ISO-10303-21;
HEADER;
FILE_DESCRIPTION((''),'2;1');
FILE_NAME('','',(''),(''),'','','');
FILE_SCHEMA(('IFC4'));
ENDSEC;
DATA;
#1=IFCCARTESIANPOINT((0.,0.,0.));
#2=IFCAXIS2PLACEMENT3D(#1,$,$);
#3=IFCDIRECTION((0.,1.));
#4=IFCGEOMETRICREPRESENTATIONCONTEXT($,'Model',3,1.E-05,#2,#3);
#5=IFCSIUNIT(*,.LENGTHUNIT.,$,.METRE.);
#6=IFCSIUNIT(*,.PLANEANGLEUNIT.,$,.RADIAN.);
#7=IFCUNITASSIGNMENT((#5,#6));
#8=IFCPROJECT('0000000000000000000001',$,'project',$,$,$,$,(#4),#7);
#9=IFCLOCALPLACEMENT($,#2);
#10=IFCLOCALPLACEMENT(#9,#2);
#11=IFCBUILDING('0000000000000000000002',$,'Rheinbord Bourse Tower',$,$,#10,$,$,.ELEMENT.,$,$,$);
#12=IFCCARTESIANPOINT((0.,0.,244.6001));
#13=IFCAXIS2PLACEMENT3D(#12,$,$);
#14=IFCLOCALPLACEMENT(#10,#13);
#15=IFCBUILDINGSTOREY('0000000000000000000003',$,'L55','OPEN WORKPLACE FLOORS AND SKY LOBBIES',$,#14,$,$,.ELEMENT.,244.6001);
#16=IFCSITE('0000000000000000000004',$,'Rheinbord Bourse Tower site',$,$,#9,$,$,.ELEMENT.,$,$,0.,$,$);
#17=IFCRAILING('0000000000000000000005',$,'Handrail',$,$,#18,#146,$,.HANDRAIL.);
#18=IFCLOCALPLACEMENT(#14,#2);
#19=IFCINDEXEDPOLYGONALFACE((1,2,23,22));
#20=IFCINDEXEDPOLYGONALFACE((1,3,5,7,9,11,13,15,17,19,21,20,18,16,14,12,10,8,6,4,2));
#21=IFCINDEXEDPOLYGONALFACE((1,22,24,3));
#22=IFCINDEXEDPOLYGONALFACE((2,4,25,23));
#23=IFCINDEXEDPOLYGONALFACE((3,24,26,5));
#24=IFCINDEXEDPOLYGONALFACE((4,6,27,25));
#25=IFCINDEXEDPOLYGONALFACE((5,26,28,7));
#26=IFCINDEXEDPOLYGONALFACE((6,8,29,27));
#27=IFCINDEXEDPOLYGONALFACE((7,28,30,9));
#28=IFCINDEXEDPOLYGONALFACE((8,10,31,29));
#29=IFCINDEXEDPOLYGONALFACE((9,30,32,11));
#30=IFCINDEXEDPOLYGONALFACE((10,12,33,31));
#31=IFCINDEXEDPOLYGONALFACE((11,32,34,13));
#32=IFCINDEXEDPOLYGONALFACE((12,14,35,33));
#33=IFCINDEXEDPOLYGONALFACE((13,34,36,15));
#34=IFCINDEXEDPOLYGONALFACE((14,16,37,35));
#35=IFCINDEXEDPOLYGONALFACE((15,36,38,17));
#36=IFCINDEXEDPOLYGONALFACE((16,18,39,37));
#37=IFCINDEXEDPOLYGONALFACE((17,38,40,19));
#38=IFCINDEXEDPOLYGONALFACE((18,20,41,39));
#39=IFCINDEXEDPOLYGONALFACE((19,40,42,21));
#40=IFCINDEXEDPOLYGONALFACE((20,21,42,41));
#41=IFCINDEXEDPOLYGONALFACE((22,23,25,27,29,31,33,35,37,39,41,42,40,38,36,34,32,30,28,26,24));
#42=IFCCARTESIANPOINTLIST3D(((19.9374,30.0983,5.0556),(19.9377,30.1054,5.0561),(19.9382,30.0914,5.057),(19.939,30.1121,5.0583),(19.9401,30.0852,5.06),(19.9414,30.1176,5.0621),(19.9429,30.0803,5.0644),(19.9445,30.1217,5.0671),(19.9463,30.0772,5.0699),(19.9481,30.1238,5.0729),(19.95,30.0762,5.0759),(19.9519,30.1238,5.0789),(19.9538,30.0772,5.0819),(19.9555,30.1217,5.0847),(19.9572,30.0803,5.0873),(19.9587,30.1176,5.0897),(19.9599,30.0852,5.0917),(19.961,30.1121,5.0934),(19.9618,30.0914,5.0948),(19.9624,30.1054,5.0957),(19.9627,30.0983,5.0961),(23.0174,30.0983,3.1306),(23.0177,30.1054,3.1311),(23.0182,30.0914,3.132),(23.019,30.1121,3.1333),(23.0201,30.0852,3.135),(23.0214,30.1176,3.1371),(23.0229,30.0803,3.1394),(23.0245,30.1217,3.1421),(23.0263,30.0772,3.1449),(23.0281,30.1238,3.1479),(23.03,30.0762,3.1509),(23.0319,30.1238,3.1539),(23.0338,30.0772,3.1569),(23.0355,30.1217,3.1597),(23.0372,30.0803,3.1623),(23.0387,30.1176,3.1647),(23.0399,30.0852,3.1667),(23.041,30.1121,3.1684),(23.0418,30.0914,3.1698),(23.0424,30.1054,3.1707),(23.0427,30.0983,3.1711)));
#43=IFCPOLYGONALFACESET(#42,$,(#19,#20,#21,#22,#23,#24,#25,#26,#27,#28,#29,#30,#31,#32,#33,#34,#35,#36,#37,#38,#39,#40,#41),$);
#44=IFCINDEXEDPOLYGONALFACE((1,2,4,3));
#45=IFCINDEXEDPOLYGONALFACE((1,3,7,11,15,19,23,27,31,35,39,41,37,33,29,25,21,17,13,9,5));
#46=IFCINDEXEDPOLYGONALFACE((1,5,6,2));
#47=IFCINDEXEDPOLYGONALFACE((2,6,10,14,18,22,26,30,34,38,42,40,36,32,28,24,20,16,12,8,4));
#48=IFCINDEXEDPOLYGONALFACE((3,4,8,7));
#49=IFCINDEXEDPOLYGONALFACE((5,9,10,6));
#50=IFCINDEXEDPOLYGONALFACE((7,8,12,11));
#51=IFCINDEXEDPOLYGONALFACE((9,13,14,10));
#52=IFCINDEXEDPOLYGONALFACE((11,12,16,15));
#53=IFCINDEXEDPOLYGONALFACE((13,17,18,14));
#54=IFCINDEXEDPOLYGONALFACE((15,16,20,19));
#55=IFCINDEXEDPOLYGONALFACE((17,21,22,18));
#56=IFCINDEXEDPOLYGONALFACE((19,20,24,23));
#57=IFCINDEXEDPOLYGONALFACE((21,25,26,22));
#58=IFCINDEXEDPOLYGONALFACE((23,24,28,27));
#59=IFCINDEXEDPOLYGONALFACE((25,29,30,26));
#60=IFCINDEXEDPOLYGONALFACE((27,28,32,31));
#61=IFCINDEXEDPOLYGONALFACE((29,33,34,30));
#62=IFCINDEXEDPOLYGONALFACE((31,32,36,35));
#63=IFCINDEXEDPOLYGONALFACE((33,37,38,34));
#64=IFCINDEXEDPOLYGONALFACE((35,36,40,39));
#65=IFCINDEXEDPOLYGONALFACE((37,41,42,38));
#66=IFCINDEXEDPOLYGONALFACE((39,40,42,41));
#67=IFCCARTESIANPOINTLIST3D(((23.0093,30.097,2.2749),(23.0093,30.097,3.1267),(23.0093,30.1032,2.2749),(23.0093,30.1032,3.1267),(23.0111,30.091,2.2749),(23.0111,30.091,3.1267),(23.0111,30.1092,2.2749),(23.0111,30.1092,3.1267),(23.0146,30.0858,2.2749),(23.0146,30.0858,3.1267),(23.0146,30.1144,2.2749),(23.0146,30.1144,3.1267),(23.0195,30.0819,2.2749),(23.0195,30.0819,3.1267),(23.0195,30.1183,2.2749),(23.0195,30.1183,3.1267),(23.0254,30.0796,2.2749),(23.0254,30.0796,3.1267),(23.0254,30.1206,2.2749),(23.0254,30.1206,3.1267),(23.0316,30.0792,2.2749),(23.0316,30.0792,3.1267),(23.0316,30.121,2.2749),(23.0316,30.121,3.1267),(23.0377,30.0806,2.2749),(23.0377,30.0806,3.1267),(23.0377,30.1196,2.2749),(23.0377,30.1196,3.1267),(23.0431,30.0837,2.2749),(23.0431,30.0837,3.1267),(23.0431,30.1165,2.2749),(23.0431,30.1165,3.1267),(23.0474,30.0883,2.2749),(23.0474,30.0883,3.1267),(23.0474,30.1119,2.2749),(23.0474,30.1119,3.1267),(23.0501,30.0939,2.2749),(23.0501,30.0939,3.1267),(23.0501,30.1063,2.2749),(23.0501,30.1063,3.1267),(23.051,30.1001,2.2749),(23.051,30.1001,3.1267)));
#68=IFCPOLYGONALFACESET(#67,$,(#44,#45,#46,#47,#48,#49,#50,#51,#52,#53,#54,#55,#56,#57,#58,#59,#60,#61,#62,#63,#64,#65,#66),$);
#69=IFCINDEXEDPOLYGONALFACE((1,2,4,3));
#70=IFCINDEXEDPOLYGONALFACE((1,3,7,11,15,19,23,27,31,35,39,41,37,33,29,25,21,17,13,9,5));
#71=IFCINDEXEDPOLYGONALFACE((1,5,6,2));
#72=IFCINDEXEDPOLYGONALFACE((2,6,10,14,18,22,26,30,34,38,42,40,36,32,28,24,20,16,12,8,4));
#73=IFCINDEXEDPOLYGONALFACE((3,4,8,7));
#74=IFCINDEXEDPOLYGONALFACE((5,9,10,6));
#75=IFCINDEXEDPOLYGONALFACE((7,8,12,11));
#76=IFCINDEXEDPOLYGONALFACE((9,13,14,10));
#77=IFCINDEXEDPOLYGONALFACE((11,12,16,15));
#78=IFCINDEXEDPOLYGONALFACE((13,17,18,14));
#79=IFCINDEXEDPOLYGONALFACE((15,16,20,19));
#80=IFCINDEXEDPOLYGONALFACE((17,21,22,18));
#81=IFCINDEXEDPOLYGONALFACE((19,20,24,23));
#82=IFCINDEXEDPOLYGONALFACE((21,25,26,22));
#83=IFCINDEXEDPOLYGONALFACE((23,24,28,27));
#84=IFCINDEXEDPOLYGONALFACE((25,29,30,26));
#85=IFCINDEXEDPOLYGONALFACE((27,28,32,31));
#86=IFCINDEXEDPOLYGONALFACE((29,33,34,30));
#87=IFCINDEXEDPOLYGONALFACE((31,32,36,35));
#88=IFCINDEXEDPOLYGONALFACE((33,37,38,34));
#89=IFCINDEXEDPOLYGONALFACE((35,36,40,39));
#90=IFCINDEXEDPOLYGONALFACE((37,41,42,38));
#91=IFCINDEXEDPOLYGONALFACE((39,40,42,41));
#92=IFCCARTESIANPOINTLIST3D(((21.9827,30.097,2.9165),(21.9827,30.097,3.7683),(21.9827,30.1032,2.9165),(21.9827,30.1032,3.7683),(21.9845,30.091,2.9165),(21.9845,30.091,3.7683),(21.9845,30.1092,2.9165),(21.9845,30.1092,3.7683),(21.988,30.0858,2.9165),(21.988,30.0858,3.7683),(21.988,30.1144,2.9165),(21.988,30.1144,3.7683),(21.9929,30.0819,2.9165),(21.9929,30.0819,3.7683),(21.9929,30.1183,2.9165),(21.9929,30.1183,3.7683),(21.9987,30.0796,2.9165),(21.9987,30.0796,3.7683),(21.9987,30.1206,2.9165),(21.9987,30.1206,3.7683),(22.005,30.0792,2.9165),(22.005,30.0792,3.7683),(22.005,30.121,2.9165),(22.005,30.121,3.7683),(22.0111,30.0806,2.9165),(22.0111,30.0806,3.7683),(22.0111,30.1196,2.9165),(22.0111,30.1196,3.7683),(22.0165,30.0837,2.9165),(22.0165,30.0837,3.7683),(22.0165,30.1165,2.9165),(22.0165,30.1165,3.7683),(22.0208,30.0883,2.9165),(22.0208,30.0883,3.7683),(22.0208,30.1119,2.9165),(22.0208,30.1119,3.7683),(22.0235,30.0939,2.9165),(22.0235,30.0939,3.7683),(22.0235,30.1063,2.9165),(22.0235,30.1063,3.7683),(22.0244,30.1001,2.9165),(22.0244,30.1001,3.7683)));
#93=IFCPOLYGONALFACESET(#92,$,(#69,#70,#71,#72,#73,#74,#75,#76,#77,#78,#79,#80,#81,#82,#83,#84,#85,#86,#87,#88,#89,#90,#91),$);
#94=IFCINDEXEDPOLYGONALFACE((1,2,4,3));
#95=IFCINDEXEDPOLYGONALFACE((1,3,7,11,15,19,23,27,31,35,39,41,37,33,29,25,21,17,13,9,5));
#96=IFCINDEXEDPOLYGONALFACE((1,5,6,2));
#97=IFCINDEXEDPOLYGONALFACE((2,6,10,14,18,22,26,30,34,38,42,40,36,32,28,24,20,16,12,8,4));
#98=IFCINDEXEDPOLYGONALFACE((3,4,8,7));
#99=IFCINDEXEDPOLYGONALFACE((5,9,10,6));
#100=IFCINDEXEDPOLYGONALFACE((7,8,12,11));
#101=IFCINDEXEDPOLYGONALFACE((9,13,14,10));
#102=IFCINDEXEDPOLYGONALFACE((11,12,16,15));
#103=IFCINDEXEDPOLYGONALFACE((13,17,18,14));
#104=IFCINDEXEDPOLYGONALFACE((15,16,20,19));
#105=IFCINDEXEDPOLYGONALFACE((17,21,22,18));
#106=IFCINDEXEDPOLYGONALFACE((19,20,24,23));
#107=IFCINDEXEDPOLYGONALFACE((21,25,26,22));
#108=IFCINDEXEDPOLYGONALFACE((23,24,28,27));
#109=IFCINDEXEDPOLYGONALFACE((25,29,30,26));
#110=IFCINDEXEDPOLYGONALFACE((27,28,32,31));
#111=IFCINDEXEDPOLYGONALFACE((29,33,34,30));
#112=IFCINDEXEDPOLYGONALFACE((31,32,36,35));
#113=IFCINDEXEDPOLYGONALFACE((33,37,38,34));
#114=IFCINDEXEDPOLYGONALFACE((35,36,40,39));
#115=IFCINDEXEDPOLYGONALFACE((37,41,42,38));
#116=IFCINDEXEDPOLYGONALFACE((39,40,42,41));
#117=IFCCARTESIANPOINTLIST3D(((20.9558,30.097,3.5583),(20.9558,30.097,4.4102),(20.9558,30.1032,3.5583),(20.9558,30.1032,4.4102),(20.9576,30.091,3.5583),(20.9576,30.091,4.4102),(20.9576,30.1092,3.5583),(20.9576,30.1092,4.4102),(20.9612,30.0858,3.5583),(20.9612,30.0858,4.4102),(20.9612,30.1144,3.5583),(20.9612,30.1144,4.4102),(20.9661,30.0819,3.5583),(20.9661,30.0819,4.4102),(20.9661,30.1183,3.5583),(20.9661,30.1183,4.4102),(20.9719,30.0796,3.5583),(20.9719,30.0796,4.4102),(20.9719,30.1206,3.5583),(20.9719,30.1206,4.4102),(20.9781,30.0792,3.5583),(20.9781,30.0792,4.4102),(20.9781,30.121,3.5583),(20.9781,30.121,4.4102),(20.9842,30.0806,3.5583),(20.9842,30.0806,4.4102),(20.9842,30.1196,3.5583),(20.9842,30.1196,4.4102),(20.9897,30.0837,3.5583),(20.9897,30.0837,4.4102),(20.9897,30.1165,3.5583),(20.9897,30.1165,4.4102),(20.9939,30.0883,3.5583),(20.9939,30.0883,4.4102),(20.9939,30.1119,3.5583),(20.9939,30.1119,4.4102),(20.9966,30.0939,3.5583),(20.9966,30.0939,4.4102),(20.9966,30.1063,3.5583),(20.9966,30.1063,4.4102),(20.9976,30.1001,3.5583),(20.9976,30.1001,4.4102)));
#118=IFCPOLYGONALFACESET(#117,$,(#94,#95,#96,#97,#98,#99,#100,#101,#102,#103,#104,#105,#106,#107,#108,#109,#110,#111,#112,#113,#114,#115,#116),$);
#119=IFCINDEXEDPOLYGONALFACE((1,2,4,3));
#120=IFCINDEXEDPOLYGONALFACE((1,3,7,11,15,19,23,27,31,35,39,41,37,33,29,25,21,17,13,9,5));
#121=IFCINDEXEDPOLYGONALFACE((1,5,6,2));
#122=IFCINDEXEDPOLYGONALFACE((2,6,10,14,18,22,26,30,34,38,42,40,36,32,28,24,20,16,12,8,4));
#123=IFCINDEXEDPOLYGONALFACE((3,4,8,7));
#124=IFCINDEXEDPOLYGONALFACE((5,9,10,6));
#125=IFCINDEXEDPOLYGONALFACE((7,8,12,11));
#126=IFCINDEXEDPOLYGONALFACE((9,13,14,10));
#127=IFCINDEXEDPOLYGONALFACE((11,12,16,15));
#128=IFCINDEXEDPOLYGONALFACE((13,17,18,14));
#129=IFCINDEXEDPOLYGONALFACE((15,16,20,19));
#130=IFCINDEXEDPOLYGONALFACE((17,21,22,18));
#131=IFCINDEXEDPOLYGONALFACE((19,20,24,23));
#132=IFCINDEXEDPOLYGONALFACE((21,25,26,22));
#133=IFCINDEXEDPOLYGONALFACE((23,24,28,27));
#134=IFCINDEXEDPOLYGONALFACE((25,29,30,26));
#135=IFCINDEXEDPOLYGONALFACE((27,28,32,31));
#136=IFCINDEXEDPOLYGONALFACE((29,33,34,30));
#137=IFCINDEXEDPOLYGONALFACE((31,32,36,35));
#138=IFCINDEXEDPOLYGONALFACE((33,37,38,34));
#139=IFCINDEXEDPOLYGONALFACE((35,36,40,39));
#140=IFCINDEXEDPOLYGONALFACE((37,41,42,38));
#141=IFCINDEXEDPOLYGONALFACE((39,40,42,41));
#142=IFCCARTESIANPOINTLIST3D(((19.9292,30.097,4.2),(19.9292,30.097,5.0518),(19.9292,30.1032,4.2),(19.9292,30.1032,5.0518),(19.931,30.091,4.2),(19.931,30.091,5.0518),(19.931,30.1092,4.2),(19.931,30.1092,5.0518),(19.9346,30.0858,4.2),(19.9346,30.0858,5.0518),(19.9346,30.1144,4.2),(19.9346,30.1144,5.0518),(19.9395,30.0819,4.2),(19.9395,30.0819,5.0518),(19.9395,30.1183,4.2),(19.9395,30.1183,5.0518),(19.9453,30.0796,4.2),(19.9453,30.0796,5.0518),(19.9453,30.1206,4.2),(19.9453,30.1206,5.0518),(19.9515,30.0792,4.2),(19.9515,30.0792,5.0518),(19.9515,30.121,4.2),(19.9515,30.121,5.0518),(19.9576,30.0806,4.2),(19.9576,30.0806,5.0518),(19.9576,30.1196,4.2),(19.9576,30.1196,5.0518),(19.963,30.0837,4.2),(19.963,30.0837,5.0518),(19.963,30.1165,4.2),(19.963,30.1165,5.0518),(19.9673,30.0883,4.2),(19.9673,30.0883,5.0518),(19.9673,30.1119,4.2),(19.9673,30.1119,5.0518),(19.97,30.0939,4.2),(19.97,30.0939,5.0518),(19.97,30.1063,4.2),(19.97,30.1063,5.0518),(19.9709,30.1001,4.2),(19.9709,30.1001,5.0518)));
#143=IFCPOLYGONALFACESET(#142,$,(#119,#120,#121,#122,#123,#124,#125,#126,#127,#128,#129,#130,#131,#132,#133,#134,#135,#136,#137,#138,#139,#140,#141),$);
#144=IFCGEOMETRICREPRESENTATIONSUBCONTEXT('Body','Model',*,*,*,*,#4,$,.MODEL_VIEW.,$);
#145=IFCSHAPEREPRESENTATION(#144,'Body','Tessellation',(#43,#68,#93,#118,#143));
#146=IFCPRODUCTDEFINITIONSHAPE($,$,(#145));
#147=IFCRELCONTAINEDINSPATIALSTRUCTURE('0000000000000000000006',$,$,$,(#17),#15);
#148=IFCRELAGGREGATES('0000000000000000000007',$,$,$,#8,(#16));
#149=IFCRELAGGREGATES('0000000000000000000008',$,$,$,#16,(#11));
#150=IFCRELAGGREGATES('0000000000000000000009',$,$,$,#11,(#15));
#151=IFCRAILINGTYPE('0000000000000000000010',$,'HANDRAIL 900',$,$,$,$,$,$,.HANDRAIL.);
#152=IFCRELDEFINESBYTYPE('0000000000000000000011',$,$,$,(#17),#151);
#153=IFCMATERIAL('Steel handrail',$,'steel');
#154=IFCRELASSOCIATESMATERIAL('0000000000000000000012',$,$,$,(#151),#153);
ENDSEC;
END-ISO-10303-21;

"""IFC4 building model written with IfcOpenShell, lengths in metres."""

from ifc_helpers import new_model, si_unit, direction, frame, origin, origin_2d, place, context, subcontext, project, spatial, circle, extrude, material, type_object, element, save


model = new_model("IFC4")

# Units and contexts
model_context = context("Model", 3, precision=1e-05, world=origin(), true_north=direction((0.0, 1.0)))
body_context = subcontext(model_context, "Body", "Model", "MODEL_VIEW")
ifc_project = project(units=[si_unit("LENGTHUNIT", "METRE"), si_unit("PLANEANGLEUNIT", "RADIAN")], contexts=[model_context])

# Site, building, storey
site_placement = place(None, origin())
site = spatial("IfcSite", under=ifc_project, at=site_placement, Name="Rheinbord Bourse Tower site", CompositionType="ELEMENT", RefElevation=0.0)
building_placement = place(site_placement, origin())
building = spatial("IfcBuilding", under=site, at=building_placement, Name="Rheinbord Bourse Tower", CompositionType="ELEMENT")
storey_placement = place(building_placement, frame((0.0, 0.0, 244.6001)))
storey = spatial("IfcBuildingStorey", under=building, at=storey_placement, Name="L55", Description="OPEN WORKPLACE FLOORS AND SKY LOBBIES", CompositionType="ELEMENT", Elevation=244.6001)

# Railing
ifc_material_1 = material(Name="Steel handrail", Category="steel")
railing_type = type_object("IfcRailingType", Name="HANDRAIL 900", PredefinedType="HANDRAIL", material=ifc_material_1)
railing_1_placement = place(storey_placement, frame((23.03, 30.1001, 2.2749)))
element("IfcRailing", 1, at=railing_1_placement, inside=storey, type_object=railing_type, Name="Handrail", PredefinedType="HANDRAIL", context=body_context, shape_type="SweptSolid", body=[
    extrude(circle(Radius=0.0239, at=origin_2d()), frame((0.0, 0.0, 0.876), z_axis=(-0.847998, 0.0, 0.529999), x_axis=(0.0, -1.0, 0.0)), (0.0, 0.0, 1.0), 3.6321),
    extrude(circle(Radius=0.021, at=origin_2d()), origin(), (0.0, 0.0, 1.0), 0.8518),
    extrude(circle(Radius=0.021, at=origin_2d()), frame((-1.0266, 0.0, 0.6416)), (0.0, 0.0, 1.0), 0.8518),
    extrude(circle(Radius=0.021, at=origin_2d()), frame((-2.0535, 0.0, 1.2834)), (0.0, 0.0, 1.0), 0.8518),
    extrude(circle(Radius=0.021, at=origin_2d()), frame((-3.0801, 0.0, 1.925)), (0.0, 0.0, 1.0), 0.8518),
])

save(model, "model.ifc")
